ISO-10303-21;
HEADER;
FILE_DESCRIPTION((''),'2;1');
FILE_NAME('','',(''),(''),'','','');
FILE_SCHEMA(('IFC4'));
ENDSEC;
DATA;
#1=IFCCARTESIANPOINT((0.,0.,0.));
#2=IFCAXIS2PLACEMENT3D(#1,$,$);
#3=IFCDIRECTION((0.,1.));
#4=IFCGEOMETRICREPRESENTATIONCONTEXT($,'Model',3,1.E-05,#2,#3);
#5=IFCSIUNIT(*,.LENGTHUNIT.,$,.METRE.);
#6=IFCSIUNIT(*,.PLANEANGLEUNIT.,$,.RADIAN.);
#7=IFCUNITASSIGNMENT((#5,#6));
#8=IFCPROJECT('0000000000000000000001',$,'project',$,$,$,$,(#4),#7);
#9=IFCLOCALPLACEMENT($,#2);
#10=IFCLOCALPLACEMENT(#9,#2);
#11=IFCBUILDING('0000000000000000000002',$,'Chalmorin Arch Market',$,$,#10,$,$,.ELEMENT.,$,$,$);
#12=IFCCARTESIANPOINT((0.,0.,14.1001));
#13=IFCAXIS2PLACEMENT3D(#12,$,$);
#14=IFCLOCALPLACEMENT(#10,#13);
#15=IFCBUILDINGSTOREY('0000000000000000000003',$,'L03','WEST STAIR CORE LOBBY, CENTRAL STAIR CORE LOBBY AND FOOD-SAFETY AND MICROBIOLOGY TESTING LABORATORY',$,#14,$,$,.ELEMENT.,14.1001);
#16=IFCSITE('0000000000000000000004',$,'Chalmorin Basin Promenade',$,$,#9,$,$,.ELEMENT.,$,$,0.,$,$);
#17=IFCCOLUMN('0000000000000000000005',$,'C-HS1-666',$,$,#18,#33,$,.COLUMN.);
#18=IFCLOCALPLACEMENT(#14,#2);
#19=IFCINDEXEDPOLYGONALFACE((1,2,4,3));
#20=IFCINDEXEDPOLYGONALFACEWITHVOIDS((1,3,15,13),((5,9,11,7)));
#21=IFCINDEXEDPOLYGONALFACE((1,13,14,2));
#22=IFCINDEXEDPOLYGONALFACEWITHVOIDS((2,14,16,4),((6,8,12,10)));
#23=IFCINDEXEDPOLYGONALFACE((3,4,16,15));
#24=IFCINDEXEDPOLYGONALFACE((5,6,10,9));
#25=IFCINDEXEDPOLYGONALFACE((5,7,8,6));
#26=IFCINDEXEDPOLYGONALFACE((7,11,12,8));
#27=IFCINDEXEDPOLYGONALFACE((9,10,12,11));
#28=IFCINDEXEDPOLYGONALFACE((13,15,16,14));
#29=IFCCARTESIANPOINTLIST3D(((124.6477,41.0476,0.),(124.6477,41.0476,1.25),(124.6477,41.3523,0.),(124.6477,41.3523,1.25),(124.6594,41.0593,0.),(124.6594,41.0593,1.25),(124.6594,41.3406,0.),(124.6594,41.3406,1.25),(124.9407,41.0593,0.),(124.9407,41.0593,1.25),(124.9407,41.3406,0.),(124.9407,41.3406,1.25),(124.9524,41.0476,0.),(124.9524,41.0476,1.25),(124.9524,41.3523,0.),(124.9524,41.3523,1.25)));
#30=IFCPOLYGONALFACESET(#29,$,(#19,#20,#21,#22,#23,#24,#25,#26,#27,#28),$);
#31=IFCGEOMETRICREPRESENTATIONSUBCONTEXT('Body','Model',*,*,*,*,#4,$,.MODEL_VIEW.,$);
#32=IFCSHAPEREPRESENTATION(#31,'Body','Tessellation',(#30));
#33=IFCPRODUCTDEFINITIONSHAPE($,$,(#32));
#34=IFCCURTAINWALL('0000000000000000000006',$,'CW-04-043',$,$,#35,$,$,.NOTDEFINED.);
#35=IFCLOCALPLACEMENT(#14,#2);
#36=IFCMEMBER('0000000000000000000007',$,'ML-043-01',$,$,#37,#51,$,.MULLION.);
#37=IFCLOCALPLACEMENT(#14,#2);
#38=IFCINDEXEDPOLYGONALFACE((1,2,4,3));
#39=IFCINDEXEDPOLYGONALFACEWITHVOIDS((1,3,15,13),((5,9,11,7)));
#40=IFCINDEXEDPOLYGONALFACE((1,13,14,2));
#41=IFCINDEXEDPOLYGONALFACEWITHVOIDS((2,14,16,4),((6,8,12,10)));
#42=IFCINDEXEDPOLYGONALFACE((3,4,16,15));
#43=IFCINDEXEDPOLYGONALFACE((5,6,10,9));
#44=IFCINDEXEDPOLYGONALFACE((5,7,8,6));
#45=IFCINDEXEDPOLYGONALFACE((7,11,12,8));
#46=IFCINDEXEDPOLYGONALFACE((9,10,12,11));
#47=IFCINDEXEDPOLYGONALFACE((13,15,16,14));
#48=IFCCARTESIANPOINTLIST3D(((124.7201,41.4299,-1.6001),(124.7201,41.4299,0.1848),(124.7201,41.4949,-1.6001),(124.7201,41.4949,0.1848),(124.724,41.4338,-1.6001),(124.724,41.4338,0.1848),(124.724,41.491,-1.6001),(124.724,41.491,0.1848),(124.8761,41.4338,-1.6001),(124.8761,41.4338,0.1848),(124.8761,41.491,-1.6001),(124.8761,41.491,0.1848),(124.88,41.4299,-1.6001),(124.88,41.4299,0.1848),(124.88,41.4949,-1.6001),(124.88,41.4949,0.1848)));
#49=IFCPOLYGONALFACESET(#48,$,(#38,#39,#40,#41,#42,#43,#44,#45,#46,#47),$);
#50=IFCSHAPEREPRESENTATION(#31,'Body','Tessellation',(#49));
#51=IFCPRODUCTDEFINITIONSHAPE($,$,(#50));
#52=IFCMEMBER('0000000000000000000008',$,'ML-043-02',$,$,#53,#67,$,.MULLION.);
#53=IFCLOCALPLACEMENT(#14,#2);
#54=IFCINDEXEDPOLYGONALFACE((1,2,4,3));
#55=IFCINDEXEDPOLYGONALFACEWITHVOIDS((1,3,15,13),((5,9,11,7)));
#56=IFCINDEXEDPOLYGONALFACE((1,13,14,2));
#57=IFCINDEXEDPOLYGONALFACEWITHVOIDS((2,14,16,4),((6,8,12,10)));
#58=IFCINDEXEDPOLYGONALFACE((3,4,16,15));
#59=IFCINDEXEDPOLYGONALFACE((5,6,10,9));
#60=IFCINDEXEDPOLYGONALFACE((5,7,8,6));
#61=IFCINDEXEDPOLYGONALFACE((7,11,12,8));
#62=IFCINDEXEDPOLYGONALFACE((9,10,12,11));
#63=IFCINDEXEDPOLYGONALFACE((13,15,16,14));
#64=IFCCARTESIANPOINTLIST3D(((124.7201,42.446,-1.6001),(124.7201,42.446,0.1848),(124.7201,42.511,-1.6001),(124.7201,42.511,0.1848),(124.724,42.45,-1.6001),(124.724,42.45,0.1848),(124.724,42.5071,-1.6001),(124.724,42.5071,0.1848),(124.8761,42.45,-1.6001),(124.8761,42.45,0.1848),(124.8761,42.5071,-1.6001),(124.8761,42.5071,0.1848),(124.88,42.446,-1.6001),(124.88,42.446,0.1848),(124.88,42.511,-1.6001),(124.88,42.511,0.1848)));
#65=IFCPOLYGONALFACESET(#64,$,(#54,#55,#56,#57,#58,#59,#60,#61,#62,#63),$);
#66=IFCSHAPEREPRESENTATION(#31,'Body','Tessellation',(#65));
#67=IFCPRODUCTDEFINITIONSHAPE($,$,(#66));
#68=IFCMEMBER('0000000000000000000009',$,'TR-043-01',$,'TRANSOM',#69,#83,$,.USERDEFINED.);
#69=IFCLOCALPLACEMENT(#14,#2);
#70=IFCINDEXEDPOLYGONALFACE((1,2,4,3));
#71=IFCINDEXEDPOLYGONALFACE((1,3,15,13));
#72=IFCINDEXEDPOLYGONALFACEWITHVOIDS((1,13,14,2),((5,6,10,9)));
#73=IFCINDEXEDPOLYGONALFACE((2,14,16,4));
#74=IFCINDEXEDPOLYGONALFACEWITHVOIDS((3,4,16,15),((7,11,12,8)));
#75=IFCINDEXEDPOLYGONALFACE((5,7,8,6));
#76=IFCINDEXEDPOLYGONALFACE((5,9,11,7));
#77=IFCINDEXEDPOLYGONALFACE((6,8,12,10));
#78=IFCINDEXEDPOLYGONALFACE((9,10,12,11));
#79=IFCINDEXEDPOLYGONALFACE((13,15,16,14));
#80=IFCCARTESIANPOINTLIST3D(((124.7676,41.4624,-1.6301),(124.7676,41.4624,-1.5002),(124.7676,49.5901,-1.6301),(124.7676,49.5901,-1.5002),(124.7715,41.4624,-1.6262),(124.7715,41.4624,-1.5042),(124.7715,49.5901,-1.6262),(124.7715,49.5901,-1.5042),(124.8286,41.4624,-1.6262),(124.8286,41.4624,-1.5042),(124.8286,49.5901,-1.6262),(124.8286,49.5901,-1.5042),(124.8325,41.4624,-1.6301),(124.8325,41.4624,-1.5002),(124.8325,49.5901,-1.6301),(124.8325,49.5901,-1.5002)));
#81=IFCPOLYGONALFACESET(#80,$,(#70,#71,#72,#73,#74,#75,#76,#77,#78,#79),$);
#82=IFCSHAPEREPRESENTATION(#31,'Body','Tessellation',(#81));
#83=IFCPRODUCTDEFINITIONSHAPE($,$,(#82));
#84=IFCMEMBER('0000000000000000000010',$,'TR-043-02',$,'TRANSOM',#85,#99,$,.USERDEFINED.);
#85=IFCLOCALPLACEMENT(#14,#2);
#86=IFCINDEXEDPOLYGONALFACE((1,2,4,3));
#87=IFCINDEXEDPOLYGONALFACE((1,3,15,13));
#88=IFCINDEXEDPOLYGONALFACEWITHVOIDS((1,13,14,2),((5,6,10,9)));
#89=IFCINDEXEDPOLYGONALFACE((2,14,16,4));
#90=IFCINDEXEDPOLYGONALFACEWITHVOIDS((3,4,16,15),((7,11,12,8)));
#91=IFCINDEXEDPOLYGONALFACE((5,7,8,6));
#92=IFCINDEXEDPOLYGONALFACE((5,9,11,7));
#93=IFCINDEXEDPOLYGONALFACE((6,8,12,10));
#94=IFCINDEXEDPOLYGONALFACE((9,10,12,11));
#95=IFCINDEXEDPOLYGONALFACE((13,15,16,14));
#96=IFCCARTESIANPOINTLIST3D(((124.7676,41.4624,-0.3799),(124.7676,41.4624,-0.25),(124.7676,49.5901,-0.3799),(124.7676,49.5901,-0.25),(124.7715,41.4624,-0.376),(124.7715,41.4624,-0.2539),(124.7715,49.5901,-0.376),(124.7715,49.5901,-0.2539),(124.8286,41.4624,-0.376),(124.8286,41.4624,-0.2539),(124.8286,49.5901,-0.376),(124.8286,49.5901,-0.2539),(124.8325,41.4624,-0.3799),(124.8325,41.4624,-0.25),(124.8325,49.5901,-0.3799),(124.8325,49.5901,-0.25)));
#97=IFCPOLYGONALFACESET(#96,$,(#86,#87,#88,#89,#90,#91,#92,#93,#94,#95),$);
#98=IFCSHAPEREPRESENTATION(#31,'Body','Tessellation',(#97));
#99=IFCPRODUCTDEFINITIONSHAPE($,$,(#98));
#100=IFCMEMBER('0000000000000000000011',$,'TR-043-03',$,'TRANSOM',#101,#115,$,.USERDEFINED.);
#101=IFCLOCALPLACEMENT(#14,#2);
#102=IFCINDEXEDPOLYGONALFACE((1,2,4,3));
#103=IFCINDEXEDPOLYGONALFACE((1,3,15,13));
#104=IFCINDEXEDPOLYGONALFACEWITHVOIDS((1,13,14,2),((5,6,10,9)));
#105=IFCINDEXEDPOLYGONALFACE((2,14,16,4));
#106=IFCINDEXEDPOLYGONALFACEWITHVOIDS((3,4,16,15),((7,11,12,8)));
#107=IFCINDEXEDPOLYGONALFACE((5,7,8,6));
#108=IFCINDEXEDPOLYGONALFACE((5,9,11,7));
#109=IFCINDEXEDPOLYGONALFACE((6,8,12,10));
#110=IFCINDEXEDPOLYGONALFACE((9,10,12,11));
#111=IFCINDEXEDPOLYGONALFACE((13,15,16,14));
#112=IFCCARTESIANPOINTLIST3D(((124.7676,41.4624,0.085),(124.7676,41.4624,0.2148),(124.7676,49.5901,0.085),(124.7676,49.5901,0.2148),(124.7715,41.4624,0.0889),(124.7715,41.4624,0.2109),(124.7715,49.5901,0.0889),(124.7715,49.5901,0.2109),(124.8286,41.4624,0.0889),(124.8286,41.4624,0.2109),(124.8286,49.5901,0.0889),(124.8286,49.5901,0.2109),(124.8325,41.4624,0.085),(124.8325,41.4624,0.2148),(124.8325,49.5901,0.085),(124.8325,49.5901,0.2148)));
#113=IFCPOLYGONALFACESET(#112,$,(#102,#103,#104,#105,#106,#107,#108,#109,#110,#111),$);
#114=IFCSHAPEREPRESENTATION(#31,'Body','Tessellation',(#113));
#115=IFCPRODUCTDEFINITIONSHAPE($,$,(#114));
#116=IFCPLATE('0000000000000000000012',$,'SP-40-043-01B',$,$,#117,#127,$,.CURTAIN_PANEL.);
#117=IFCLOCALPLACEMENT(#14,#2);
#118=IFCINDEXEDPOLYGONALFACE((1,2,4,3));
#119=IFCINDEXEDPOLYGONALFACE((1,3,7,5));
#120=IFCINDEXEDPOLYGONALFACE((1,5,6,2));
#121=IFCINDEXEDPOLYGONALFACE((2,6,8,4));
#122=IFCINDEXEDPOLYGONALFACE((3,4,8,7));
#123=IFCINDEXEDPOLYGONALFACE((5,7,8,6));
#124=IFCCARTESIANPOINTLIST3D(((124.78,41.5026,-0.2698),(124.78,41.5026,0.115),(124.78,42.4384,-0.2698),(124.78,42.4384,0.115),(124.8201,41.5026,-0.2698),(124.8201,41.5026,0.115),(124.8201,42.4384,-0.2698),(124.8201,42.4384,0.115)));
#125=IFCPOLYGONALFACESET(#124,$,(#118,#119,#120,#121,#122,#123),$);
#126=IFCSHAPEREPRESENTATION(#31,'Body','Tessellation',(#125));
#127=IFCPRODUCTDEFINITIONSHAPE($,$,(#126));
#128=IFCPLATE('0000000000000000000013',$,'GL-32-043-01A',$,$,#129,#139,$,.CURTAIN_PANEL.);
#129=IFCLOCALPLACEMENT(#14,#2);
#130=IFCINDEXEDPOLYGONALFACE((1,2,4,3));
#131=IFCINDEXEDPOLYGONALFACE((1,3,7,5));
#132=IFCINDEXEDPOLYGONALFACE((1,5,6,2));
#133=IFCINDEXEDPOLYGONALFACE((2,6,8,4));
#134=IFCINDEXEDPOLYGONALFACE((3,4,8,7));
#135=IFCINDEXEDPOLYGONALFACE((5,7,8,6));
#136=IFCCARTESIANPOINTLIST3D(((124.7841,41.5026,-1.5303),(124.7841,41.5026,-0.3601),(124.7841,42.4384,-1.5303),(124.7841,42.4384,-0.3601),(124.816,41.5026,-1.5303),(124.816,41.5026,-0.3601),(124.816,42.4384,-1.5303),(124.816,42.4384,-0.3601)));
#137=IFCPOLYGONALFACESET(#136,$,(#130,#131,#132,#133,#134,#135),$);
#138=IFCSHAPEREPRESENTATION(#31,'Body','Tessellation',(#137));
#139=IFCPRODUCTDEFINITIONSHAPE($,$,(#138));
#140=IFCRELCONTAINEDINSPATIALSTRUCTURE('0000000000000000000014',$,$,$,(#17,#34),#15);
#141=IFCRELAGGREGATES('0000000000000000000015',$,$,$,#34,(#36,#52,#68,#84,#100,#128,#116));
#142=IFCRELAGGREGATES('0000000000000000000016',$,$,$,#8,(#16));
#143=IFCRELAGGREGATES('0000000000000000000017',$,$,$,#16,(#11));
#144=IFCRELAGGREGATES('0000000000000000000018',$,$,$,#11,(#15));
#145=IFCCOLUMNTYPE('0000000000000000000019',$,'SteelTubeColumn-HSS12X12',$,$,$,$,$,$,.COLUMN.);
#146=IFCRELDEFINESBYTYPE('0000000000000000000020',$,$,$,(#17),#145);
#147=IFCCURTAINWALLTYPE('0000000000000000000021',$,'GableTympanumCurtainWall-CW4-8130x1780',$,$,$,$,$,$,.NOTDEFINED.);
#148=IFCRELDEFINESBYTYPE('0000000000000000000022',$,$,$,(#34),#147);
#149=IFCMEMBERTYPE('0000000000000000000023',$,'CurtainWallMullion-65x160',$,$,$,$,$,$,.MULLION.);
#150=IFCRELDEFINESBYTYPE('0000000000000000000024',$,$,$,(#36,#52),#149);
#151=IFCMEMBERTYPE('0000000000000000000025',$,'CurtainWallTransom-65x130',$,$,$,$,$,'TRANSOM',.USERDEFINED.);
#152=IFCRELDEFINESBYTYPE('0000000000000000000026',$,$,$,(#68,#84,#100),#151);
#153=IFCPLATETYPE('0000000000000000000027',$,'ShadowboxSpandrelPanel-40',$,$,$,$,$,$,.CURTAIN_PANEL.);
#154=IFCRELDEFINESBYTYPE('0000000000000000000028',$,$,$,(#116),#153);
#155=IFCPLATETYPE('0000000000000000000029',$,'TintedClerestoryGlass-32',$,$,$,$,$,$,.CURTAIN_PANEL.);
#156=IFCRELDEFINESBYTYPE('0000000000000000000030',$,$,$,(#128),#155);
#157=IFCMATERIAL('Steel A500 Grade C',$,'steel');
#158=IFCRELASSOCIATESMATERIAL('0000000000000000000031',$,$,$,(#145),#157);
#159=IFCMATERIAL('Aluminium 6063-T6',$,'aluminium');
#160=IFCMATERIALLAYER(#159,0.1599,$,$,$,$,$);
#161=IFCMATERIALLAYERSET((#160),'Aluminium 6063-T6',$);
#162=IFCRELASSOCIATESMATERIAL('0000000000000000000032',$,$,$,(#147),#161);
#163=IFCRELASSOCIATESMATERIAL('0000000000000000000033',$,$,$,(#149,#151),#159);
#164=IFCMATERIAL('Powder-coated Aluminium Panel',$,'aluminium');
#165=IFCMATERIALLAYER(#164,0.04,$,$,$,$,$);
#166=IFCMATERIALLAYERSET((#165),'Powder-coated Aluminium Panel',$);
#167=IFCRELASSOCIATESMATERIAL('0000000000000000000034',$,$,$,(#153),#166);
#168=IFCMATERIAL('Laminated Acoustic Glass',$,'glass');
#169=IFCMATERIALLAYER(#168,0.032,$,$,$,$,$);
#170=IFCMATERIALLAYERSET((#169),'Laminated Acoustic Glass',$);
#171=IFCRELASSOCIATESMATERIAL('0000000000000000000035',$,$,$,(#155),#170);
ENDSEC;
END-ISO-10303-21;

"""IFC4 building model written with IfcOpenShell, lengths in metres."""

from ifc_helpers import new_model, si_unit, direction, frame, origin, origin_2d, place, context, subcontext, project, spatial, rectangle, hollow_rectangle, extrude, material, layer, layer_set, material_profile, profile_set, type_object, element, aggregate, save


model = new_model("IFC4")

# Units and contexts
model_context = context("Model", 3, precision=1e-05, world=origin(), true_north=direction((0.0, 1.0)))
body_context = subcontext(model_context, "Body", "Model", "MODEL_VIEW")
ifc_project = project(units=[si_unit("LENGTHUNIT", "METRE"), si_unit("PLANEANGLEUNIT", "RADIAN")], contexts=[model_context])

# Site, building, storey
site_placement = place(None, origin())
site = spatial("IfcSite", under=ifc_project, at=site_placement, Name="Chalmorin Basin Promenade", CompositionType="ELEMENT", RefElevation=0.0)
building_placement = place(site_placement, origin())
building = spatial("IfcBuilding", under=site, at=building_placement, Name="Chalmorin Arch Market", CompositionType="ELEMENT")
storey_placement = place(building_placement, frame((0.0, 0.0, 14.1001)))
storey = spatial("IfcBuildingStorey", under=building, at=storey_placement, Name="L03", Description="WEST STAIR CORE LOBBY, CENTRAL STAIR CORE LOBBY AND FOOD-SAFETY AND MICROBIOLOGY TESTING LABORATORY", CompositionType="ELEMENT", Elevation=14.1001)

# Column
ifc_material_1 = material(Name="Steel A500 Grade C", Category="steel")
ifc_material_profile_1 = material_profile(ifc_material_1, hollow_rectangle(XDim=0.3047, YDim=0.3047, WallThickness=0.0117, at=origin_2d()), Name="HSS12X12X1/2")
ifc_profile_set_1 = profile_set([ifc_material_profile_1], Name="Steel A500 Grade C")
column_type = type_object("IfcColumnType", Name="SteelTubeColumn-HSS12X12", PredefinedType="COLUMN", material=ifc_profile_set_1)
column_placement = place(storey_placement, frame((124.8, 41.2, 0.0), z_axis=(0.0, 0.0, 1.0), x_axis=(1.0, 0.0, 0.0)))
element("IfcColumn", 1, at=column_placement, inside=storey, type_object=column_type, Name="C-HS1-666", PredefinedType="COLUMN", context=body_context, shape_type="SweptSolid", body=[
    extrude(hollow_rectangle(XDim=0.3047, YDim=0.3047, WallThickness=0.0117, at=origin_2d()), origin(), (0.0, 0.0, 1.0), 1.25),
])

# Curtain wall, members, plates
ifc_material_2 = material(Name="Aluminium 6063-T6", Category="aluminium")
ifc_layer_1 = layer(ifc_material_2, 0.1599)
ifc_layer_set_1 = layer_set([ifc_layer_1], Name="Aluminium 6063-T6")
curtain_wall_type = type_object("IfcCurtainWallType", Name="GableTympanumCurtainWall-CW4-8130x1780", PredefinedType="NOTDEFINED", material=ifc_layer_set_1)
curtain_wall_placement = place(storey_placement, origin())
curtain_wall = element("IfcCurtainWall", 2, at=curtain_wall_placement, inside=storey, type_object=curtain_wall_type, Name="CW-04-043", PredefinedType="NOTDEFINED")
ifc_material_profile_2 = material_profile(ifc_material_2, hollow_rectangle(XDim=0.0649, YDim=0.1599, WallThickness=0.0039, at=origin_2d()), Name="ALU65X160X4")
ifc_profile_set_2 = profile_set([ifc_material_profile_2], Name="Aluminium 6063-T6")
member_type_1 = type_object("IfcMemberType", Name="CurtainWallMullion-65x160", PredefinedType="MULLION", material=ifc_profile_set_2)
member_1_placement = place(storey_placement, frame((124.8, 41.4624, -1.6001), z_axis=(0.0, 0.0, 1.0), x_axis=(0.0, 1.0, 0.0)))
member_1 = element("IfcMember", 3, at=member_1_placement, type_object=member_type_1, Name="ML-043-01", PredefinedType="MULLION", context=body_context, shape_type="SweptSolid", body=[
    extrude(hollow_rectangle(XDim=0.0649, YDim=0.1599, WallThickness=0.0039, at=origin_2d()), origin(), (0.0, 0.0, 1.0), 1.7849),
])
member_2_placement = place(storey_placement, frame((124.8, 42.4785, -1.6001), z_axis=(0.0, 0.0, 1.0), x_axis=(0.0, 1.0, 0.0)))
member_2 = element("IfcMember", 4, at=member_2_placement, type_object=member_type_1, Name="ML-043-02", PredefinedType="MULLION", context=body_context, shape_type="SweptSolid", body=[
    extrude(hollow_rectangle(XDim=0.0649, YDim=0.1599, WallThickness=0.0039, at=origin_2d()), origin(), (0.0, 0.0, 1.0), 1.7849),
])
ifc_material_profile_3 = material_profile(ifc_material_2, hollow_rectangle(XDim=0.0649, YDim=0.1299, WallThickness=0.0039, at=origin_2d()), Name="ALU65X130X4")
ifc_profile_set_3 = profile_set([ifc_material_profile_3], Name="Aluminium 6063-T6")
member_type_2 = type_object("IfcMemberType", Name="CurtainWallTransom-65x130", ElementType="TRANSOM", PredefinedType="USERDEFINED", material=ifc_profile_set_3)
member_3_placement = place(storey_placement, frame((124.8, 41.4624, -1.5652), z_axis=(0.0, 1.0, 0.0), x_axis=(-1.0, 0.0, 0.0)))
member_3 = element("IfcMember", 5, at=member_3_placement, type_object=member_type_2, Name="TR-043-01", ObjectType="TRANSOM", PredefinedType="USERDEFINED", context=body_context, shape_type="SweptSolid", body=[
    extrude(hollow_rectangle(XDim=0.0649, YDim=0.1299, WallThickness=0.0039, at=origin_2d()), origin(), (0.0, 0.0, 1.0), 8.1277),
])
member_4_placement = place(storey_placement, frame((124.8, 41.4624, -0.3149), z_axis=(0.0, 1.0, 0.0), x_axis=(-1.0, 0.0, 0.0)))
member_4 = element("IfcMember", 6, at=member_4_placement, type_object=member_type_2, Name="TR-043-02", ObjectType="TRANSOM", PredefinedType="USERDEFINED", context=body_context, shape_type="SweptSolid", body=[
    extrude(hollow_rectangle(XDim=0.0649, YDim=0.1299, WallThickness=0.0039, at=origin_2d()), origin(), (0.0, 0.0, 1.0), 8.1277),
])
member_5_placement = place(storey_placement, frame((124.8, 41.4624, 0.1499), z_axis=(0.0, 1.0, 0.0), x_axis=(-1.0, 0.0, 0.0)))
member_5 = element("IfcMember", 7, at=member_5_placement, type_object=member_type_2, Name="TR-043-03", ObjectType="TRANSOM", PredefinedType="USERDEFINED", context=body_context, shape_type="SweptSolid", body=[
    extrude(hollow_rectangle(XDim=0.0649, YDim=0.1299, WallThickness=0.0039, at=origin_2d()), origin(), (0.0, 0.0, 1.0), 8.1277),
])
ifc_material_3 = material(Name="Powder-coated Aluminium Panel", Category="aluminium")
ifc_layer_2 = layer(ifc_material_3, 0.04)
ifc_layer_set_2 = layer_set([ifc_layer_2], Name="Powder-coated Aluminium Panel")
plate_type_1 = type_object("IfcPlateType", Name="ShadowboxSpandrelPanel-40", PredefinedType="CURTAIN_PANEL", material=ifc_layer_set_2)
plate_1_placement = place(storey_placement, frame((124.8, 41.9705, -0.2698), z_axis=(0.0, 0.0, 1.0), x_axis=(0.0, 1.0, 0.0)))
plate_1 = element("IfcPlate", 8, at=plate_1_placement, type_object=plate_type_1, Name="SP-40-043-01B", PredefinedType="CURTAIN_PANEL", context=body_context, shape_type="SweptSolid", body=[
    extrude(rectangle(XDim=0.9358, YDim=0.04, at=origin_2d()), origin(), (0.0, 0.0, 1.0), 0.3848),
])
ifc_material_4 = material(Name="Laminated Acoustic Glass", Category="glass")
ifc_layer_3 = layer(ifc_material_4, 0.032)
ifc_layer_set_3 = layer_set([ifc_layer_3], Name="Laminated Acoustic Glass")
plate_type_2 = type_object("IfcPlateType", Name="TintedClerestoryGlass-32", PredefinedType="CURTAIN_PANEL", material=ifc_layer_set_3)
plate_2_placement = place(storey_placement, frame((124.8, 41.9705, -1.5303), z_axis=(0.0, 0.0, 1.0), x_axis=(0.0, 1.0, 0.0)))
plate_2 = element("IfcPlate", 9, at=plate_2_placement, type_object=plate_type_2, Name="GL-32-043-01A", PredefinedType="CURTAIN_PANEL", context=body_context, shape_type="SweptSolid", body=[
    extrude(rectangle(XDim=0.9358, YDim=0.032, at=origin_2d()), origin(), (0.0, 0.0, 1.0), 1.1702),
])
aggregate(curtain_wall, [member_1, member_2, member_3, member_4, member_5, plate_2, plate_1])

save(model, "model.ifc")
